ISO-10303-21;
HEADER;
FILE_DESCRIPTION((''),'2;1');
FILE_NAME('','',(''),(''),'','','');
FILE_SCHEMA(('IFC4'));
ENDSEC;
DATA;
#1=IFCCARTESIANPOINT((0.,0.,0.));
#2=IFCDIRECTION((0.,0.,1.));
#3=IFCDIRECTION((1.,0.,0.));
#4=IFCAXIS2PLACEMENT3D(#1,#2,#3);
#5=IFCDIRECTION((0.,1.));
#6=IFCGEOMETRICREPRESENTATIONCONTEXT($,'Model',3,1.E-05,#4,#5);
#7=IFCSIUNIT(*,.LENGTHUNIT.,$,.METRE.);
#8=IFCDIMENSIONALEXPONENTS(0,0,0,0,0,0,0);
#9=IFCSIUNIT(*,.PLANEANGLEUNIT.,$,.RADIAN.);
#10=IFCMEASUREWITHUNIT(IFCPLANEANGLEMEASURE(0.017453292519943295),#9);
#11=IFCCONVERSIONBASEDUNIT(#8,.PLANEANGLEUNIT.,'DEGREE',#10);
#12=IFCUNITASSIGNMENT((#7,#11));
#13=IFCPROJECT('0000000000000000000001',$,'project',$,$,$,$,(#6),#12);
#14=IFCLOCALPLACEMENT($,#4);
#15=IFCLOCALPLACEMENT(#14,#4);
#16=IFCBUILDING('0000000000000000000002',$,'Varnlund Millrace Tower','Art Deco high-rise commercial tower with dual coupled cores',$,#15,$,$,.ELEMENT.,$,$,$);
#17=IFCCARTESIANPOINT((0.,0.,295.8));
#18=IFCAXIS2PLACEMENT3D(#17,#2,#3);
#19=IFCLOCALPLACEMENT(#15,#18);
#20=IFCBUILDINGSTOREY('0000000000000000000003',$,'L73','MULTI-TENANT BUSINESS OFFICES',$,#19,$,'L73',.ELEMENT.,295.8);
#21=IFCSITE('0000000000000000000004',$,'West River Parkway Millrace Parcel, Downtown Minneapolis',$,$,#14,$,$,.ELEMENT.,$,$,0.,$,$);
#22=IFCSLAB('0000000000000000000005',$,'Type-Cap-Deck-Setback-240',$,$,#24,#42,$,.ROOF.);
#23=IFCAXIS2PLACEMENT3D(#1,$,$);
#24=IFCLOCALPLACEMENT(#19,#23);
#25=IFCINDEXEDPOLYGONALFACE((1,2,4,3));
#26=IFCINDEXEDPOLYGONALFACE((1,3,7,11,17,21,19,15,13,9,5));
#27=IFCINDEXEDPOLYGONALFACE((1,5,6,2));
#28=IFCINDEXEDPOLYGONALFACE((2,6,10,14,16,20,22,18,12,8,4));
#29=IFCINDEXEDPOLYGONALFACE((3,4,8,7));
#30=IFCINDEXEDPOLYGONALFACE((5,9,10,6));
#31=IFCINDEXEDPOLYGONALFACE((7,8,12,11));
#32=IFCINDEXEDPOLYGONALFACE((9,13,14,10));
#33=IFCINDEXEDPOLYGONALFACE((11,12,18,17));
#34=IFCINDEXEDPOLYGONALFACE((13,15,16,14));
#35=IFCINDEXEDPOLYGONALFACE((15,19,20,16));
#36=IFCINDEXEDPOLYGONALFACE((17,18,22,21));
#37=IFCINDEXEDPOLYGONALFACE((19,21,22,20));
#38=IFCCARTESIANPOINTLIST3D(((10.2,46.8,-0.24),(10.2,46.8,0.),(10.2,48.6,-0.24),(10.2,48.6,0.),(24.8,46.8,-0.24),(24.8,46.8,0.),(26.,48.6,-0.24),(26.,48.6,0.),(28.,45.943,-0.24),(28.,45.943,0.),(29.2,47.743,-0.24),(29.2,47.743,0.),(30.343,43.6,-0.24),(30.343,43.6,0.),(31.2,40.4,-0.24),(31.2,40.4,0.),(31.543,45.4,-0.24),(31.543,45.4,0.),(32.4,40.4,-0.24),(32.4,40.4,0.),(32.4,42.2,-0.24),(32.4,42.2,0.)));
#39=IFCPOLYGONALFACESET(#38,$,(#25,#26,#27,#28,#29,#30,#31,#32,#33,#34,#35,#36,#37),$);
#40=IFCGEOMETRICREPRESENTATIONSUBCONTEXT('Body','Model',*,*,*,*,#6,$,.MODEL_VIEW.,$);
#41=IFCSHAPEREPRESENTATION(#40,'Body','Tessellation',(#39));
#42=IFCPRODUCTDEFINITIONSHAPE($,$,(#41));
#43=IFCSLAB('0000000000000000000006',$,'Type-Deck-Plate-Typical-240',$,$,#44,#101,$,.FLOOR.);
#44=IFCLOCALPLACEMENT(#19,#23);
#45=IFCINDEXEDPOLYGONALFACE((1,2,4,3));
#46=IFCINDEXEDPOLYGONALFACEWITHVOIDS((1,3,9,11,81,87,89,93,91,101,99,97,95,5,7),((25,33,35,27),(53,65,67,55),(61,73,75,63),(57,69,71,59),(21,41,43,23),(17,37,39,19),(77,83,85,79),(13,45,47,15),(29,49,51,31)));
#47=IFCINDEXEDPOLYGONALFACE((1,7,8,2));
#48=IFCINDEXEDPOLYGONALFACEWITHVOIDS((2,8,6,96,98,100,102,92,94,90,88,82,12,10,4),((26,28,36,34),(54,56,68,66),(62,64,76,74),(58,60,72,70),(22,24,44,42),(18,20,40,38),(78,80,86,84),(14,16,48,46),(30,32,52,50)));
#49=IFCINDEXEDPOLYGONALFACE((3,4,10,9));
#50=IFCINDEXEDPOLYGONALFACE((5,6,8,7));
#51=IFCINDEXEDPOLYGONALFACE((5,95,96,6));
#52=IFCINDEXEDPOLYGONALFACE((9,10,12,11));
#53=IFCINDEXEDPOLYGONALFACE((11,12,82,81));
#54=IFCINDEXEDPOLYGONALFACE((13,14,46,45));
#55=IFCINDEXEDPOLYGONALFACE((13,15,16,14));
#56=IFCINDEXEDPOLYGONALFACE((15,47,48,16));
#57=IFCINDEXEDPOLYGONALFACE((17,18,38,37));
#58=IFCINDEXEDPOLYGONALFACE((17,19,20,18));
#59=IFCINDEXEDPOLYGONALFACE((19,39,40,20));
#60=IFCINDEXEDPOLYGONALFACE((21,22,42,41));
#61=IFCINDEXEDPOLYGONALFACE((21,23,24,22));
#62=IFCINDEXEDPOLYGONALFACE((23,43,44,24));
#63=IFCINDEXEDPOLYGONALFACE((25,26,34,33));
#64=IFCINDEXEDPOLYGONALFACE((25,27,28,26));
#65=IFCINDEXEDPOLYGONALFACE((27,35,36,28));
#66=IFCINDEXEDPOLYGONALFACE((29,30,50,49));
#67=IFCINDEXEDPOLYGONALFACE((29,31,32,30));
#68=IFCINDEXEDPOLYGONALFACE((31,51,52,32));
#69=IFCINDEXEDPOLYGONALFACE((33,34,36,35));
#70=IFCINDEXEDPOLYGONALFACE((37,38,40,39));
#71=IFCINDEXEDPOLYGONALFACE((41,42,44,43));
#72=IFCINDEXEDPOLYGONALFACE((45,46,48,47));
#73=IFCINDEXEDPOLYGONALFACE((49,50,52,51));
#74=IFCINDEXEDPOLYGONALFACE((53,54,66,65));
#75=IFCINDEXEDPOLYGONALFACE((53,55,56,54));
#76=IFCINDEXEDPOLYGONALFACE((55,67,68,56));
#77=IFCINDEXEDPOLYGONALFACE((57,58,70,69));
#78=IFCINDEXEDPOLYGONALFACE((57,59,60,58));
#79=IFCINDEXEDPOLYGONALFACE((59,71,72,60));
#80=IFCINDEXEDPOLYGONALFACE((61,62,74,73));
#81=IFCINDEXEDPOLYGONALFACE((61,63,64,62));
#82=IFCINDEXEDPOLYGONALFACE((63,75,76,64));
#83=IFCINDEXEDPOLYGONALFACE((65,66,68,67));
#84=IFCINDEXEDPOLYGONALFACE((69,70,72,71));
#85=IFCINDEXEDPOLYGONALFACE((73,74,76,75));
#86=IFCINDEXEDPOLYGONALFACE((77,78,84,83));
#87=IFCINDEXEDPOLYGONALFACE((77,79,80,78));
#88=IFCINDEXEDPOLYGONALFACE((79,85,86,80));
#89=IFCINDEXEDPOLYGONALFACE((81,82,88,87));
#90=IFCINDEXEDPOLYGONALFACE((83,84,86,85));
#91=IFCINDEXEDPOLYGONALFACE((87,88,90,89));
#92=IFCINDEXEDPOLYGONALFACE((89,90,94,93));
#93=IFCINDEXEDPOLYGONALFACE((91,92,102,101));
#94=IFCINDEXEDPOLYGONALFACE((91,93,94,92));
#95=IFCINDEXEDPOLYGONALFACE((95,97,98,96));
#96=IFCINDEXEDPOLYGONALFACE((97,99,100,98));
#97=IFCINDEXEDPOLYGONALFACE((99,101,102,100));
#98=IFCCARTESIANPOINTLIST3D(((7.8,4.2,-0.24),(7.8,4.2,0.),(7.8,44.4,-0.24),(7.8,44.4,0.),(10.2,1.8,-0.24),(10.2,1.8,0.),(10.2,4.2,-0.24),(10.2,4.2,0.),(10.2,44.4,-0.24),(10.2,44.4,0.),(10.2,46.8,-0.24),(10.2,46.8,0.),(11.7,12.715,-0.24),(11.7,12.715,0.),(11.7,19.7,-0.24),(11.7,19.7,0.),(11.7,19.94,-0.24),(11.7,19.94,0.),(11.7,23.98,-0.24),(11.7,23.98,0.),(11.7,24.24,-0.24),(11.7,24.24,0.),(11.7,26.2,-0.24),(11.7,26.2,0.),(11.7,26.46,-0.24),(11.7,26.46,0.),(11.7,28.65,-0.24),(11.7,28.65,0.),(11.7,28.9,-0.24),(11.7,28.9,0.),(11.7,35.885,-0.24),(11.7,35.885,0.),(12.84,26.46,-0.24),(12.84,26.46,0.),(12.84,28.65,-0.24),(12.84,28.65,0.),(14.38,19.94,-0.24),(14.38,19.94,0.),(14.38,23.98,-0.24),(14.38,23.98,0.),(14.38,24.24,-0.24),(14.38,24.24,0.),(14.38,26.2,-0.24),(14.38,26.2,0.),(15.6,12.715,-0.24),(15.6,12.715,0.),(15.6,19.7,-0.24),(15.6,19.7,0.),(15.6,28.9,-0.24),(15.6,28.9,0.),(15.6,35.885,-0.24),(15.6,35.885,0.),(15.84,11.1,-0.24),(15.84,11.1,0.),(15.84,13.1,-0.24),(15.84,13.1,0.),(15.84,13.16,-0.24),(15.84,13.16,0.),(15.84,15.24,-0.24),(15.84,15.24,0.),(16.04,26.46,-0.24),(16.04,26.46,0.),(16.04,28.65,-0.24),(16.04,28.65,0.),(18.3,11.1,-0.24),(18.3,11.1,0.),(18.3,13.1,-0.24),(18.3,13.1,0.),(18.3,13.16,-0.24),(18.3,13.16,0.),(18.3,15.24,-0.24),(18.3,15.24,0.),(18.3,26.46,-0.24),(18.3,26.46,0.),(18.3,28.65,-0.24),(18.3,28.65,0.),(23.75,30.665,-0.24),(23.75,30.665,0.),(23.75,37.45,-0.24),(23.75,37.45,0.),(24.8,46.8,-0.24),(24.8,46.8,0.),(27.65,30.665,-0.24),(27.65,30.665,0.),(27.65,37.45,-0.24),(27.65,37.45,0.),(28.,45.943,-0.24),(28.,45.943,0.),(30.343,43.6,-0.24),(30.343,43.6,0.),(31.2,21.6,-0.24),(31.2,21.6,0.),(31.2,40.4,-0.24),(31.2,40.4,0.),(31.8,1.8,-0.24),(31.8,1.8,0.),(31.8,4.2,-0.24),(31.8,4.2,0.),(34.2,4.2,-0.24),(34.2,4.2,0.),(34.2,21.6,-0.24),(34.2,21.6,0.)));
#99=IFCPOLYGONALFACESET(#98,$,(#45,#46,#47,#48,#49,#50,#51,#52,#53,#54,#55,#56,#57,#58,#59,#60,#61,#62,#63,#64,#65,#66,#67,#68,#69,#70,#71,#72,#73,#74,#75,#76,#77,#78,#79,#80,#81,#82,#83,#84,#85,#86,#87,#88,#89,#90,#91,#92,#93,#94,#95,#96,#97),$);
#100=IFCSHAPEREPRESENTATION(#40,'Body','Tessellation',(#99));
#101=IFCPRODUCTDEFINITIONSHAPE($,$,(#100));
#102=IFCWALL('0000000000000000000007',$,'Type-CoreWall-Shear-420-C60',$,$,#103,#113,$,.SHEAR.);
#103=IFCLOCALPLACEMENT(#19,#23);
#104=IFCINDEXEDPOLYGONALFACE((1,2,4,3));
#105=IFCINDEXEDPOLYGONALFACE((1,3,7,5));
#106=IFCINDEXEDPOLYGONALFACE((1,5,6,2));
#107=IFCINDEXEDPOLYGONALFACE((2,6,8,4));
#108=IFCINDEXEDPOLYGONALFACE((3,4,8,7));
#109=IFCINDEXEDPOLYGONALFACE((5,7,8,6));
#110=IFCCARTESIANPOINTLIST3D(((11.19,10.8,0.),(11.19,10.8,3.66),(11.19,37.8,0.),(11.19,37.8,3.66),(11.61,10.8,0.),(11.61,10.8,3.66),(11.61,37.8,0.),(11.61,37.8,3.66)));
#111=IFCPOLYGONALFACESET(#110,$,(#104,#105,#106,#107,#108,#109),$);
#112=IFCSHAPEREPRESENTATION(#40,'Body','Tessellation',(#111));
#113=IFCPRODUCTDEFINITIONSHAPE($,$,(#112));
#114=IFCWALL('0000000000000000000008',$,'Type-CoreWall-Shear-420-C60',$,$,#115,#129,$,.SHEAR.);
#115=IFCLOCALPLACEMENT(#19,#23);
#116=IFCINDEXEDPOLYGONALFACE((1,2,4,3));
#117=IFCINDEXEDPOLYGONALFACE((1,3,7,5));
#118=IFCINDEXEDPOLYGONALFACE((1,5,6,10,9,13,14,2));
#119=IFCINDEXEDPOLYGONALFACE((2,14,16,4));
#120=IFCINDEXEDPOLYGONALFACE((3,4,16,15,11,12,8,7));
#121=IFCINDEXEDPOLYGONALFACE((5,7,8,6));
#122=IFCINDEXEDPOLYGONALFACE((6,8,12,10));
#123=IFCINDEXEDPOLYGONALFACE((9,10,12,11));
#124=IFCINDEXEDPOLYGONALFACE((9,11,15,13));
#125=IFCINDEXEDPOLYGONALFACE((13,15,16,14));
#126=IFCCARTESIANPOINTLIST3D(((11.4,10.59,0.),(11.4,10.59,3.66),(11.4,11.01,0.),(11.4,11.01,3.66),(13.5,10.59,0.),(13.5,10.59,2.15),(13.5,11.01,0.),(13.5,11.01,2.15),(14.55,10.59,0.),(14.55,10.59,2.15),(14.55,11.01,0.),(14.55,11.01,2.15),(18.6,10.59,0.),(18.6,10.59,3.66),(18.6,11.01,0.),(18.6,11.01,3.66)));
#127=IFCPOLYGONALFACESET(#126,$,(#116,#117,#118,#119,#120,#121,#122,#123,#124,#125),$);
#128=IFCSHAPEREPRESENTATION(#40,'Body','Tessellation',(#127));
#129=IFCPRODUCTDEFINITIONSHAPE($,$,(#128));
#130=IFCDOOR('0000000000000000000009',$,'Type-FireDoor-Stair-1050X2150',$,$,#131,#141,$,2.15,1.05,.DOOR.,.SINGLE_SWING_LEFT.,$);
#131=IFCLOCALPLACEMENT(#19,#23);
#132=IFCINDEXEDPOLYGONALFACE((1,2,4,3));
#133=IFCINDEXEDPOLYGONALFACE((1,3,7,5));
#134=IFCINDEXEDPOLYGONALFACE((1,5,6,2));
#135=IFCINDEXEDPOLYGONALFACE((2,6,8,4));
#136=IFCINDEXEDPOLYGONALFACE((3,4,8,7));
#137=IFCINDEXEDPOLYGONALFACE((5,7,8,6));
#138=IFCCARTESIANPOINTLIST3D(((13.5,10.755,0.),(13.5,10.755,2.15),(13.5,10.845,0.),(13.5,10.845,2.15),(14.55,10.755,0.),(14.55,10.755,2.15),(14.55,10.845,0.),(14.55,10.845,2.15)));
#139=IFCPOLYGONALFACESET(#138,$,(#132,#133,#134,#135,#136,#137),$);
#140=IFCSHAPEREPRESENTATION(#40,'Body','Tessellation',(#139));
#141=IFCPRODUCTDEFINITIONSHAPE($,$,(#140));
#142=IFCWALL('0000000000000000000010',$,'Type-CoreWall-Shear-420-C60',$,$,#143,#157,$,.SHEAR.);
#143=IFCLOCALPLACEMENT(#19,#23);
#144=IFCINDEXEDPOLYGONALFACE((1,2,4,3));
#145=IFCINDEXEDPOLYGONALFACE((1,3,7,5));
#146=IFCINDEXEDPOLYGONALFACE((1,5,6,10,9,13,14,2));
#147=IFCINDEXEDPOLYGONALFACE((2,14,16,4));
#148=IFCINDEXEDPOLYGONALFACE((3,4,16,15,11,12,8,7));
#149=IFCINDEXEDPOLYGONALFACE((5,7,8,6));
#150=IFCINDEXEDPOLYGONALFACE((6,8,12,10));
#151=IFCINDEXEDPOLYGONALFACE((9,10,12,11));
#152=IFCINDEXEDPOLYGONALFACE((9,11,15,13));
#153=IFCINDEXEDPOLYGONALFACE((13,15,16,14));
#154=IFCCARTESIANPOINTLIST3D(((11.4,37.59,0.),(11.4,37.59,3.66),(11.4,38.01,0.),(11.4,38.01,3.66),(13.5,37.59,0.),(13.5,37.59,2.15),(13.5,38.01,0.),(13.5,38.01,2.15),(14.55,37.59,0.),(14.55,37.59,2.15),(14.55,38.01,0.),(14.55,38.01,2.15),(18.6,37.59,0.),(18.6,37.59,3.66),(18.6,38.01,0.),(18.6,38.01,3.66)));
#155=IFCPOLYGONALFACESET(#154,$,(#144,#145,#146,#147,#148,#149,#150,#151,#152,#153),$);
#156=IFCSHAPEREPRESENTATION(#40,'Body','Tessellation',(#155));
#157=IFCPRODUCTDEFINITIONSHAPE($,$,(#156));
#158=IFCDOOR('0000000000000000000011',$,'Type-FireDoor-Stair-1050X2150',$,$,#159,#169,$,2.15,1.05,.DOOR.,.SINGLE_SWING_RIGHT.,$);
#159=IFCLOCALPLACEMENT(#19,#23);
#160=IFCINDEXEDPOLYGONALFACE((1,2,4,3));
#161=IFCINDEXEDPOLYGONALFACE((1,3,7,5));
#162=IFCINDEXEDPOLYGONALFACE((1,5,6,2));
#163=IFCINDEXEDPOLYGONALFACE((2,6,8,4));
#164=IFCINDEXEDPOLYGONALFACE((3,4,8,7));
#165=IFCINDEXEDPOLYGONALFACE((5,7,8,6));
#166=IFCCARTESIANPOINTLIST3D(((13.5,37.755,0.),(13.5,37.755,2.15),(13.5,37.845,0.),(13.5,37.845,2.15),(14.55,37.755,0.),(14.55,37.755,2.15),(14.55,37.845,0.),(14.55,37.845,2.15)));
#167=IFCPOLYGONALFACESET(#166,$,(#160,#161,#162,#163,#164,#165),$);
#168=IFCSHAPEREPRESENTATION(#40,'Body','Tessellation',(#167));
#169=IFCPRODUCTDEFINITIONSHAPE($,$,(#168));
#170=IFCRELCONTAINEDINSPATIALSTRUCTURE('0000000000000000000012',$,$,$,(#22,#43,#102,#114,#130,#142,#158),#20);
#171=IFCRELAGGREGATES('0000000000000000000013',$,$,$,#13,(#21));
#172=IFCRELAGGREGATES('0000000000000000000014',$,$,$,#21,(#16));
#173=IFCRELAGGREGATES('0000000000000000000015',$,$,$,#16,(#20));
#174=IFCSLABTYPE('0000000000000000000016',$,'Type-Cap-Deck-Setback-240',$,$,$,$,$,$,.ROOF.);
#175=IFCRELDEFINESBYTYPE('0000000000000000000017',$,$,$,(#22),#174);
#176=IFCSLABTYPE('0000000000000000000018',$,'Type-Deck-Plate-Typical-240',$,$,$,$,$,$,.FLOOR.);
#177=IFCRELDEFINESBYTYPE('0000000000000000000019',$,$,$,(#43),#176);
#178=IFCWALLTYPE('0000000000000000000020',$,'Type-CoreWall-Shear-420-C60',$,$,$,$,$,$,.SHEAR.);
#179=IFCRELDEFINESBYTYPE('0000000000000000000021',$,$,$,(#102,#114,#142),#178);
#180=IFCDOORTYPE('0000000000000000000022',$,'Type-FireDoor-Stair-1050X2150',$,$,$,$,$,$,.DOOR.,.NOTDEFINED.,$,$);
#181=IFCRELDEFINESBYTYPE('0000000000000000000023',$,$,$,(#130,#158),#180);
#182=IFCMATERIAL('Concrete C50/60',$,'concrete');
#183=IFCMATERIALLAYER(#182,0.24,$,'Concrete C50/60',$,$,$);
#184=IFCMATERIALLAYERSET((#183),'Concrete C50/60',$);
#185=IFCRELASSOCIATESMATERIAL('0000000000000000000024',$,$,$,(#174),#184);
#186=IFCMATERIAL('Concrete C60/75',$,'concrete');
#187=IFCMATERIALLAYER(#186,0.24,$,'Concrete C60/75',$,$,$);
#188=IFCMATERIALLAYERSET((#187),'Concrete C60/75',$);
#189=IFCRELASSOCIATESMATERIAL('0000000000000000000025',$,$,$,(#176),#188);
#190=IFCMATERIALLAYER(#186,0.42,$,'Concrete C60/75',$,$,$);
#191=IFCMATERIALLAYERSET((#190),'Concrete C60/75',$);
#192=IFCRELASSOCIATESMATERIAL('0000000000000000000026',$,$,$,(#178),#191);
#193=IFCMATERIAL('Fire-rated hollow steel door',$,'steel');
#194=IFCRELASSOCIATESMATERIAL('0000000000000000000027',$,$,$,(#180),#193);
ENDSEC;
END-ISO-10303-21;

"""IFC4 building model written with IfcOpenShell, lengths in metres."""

from ifc_helpers import new_model, entity, si_unit, converted_unit, direction, frame, origin_with_axes, origin_2d_with_axis, place, context, subcontext, project, spatial, polyline, rectangle, outline, extrude, material, layer, layer_set, type_object, element, fill, save


model = new_model("IFC4")

# Units and contexts
model_context = context("Model", 3, precision=1e-05, world=origin_with_axes(), true_north=direction((0.0, 1.0)))
body_context = subcontext(model_context, "Body", "Model", "MODEL_VIEW")
ifc_project = project(units=[si_unit("LENGTHUNIT", "METRE"), converted_unit("PLANEANGLEUNIT", "DEGREE", entity("IfcPlaneAngleMeasure", 0.017453292519943295), si_unit("PLANEANGLEUNIT", "RADIAN"), dimensions=[0, 0, 0, 0, 0, 0, 0])], contexts=[model_context])

# Site, building, storey
site_placement = place(None, origin_with_axes())
site = spatial("IfcSite", under=ifc_project, at=site_placement, Name="West River Parkway Millrace Parcel, Downtown Minneapolis", CompositionType="ELEMENT", RefElevation=0.0)
building_placement = place(site_placement, origin_with_axes())
building = spatial("IfcBuilding", under=site, at=building_placement, Name="Varnlund Millrace Tower", Description="Art Deco high-rise commercial tower with dual coupled cores", CompositionType="ELEMENT")
storey_placement = place(building_placement, frame((0.0, 0.0, 295.8), z_axis=(0.0, 0.0, 1.0), x_axis=(1.0, 0.0, 0.0)))
storey = spatial("IfcBuildingStorey", under=building, at=storey_placement, Name="L73", Description="MULTI-TENANT BUSINESS OFFICES", LongName="L73", CompositionType="ELEMENT", Elevation=295.8)

# Slabs
ifc_material_1 = material(Name="Concrete C50/60", Category="concrete")
ifc_layer_1 = layer(ifc_material_1, 0.24, Name="Concrete C50/60")
ifc_layer_set_1 = layer_set([ifc_layer_1], Name="Concrete C50/60")
slab_type_1 = type_object("IfcSlabType", Name="Type-Cap-Deck-Setback-240", PredefinedType="ROOF", material=ifc_layer_set_1)
slab_1_placement = place(storey_placement, frame((0.0, 0.0, -0.24), z_axis=(0.0, 0.0, 1.0), x_axis=(1.0, 0.0, 0.0)))
element("IfcSlab", 1, at=slab_1_placement, inside=storey, type_object=slab_type_1, Name="Type-Cap-Deck-Setback-240", PredefinedType="ROOF", context=body_context, shape_type="SweptSolid", body=[
    extrude(outline(polyline([(26.0, 48.6), (10.2, 48.6), (10.2, 46.8), (24.8, 46.8), (28.0, 45.943), (30.343, 43.6), (31.2, 40.4), (32.4, 40.4), (32.4, 42.2), (31.543, 45.4), (29.2, 47.743), (26.0, 48.6)])), origin_with_axes(), (0.0, 0.0, 1.0), 0.24),
])
ifc_material_2 = material(Name="Concrete C60/75", Category="concrete")
ifc_layer_2 = layer(ifc_material_2, 0.24, Name="Concrete C60/75")
ifc_layer_set_2 = layer_set([ifc_layer_2], Name="Concrete C60/75")
slab_type_2 = type_object("IfcSlabType", Name="Type-Deck-Plate-Typical-240", PredefinedType="FLOOR", material=ifc_layer_set_2)
slab_2_placement = place(storey_placement, frame((0.0, 0.0, -0.24), z_axis=(0.0, 0.0, 1.0), x_axis=(1.0, 0.0, 0.0)))
element("IfcSlab", 2, at=slab_2_placement, inside=storey, type_object=slab_type_2, Name="Type-Deck-Plate-Typical-240", PredefinedType="FLOOR", context=body_context, shape_type="SweptSolid", body=[
    extrude(outline(polyline([(34.2, 21.6), (31.2, 21.6), (31.2, 40.4), (30.343, 43.6), (28.0, 45.943), (24.8, 46.8), (10.2, 46.8), (10.2, 44.4), (7.8, 44.4), (7.8, 4.2), (10.2, 4.2), (10.2, 1.8), (31.8, 1.8), (31.8, 4.2), (34.2, 4.2), (34.2, 21.6)]), holes=[polyline([(18.3, 13.1), (18.3, 11.1), (15.84, 11.1), (15.84, 13.1), (18.3, 13.1)]), polyline([(18.3, 15.24), (18.3, 13.16), (15.84, 13.16), (15.84, 15.24), (18.3, 15.24)]), polyline([(15.6, 19.7), (15.6, 12.715), (11.7, 12.715), (11.7, 19.7), (15.6, 19.7)]), polyline([(11.7, 23.98), (14.38, 23.98), (14.38, 19.94), (11.7, 19.94), (11.7, 23.98)]), polyline([(14.38, 26.2), (14.38, 24.24), (11.7, 24.24), (11.7, 26.2), (14.38, 26.2)]), polyline([(12.84, 28.65), (12.84, 26.46), (11.7, 26.46), (11.7, 28.65), (12.84, 28.65)]), polyline([(18.3, 28.65), (18.3, 26.46), (16.04, 26.46), (16.04, 28.65), (18.3, 28.65)]), polyline([(15.6, 28.9), (11.7, 28.9), (11.7, 35.885), (15.6, 35.885), (15.6, 28.9)]), polyline([(27.65, 30.665), (23.75, 30.665), (23.75, 37.45), (27.65, 37.45), (27.65, 30.665)])]), origin_with_axes(), (0.0, 0.0, 1.0), 0.24),
])

# Wall
ifc_layer_3 = layer(ifc_material_2, 0.42, Name="Concrete C60/75")
ifc_layer_set_3 = layer_set([ifc_layer_3], Name="Concrete C60/75")
wall_type_1 = type_object("IfcWallType", Name="Type-CoreWall-Shear-420-C60", PredefinedType="SHEAR", material=ifc_layer_set_3)
wall_1_placement = place(storey_placement, frame((11.4, 10.8, 0.0), z_axis=(0.0, 0.0, 1.0), x_axis=(0.0, 1.0, 0.0)))
element("IfcWall", 3, at=wall_1_placement, inside=storey, type_object=wall_type_1, Name="Type-CoreWall-Shear-420-C60", PredefinedType="SHEAR", context=body_context, shape_type="SweptSolid", body=[
    extrude(outline(polyline([(0.0, -0.21), (27.0, -0.21), (27.0, 0.21), (0.0, 0.21), (0.0, -0.21)])), origin_with_axes(), (0.0, 0.0, 1.0), 3.66),
])

# Walls, openings, doors
wall_2_placement = place(storey_placement, frame((11.4, 10.8, 0.0), z_axis=(0.0, 0.0, 1.0), x_axis=(1.0, 0.0, 0.0)))
wall_2 = element("IfcWall", 4, at=wall_2_placement, inside=storey, type_object=wall_type_1, Name="Type-CoreWall-Shear-420-C60", PredefinedType="SHEAR", context=body_context, shape_type="SweptSolid", body=[
    extrude(outline(polyline([(0.0, -0.21), (7.2, -0.21), (7.2, 0.21), (0.0, 0.21), (0.0, -0.21)])), origin_with_axes(), (0.0, 0.0, 1.0), 3.66),
])
opening_1_placement = place(wall_2_placement, frame((2.625, 0.0, 0.0), z_axis=(0.0, 0.0, 1.0), x_axis=(1.0, 0.0, 0.0)))
opening_1 = element("IfcOpeningElement", 5, at=opening_1_placement, cuts=wall_2, PredefinedType="OPENING", context=body_context, shape_type="SweptSolid", body=[
    extrude(rectangle(XDim=1.05, YDim=0.44, at=origin_2d_with_axis()), origin_with_axes(), (0.0, 0.0, 1.0), 2.15),
])
ifc_material_3 = material(Name="Fire-rated hollow steel door", Category="steel")
door_type_1 = type_object("IfcDoorType", Name="Type-FireDoor-Stair-1050X2150", OperationType="NOTDEFINED", PredefinedType="DOOR", material=ifc_material_3)
door_1_placement = place(wall_2_placement, frame((2.625, 0.0, 0.0), z_axis=(0.0, 0.0, 1.0), x_axis=(1.0, 0.0, 0.0)))
door_1 = element("IfcDoor", 6, at=door_1_placement, inside=storey, type_object=door_type_1, Name="Type-FireDoor-Stair-1050X2150", OperationType="SINGLE_SWING_LEFT", OverallHeight=2.15, OverallWidth=1.05, PredefinedType="DOOR", context=body_context, shape_type="SweptSolid", body=[
    extrude(rectangle(XDim=1.05, YDim=0.09, at=origin_2d_with_axis()), origin_with_axes(), (0.0, 0.0, 1.0), 2.15),
])
fill(opening_1, door_1)
wall_3_placement = place(storey_placement, frame((11.4, 37.8, 0.0), z_axis=(0.0, 0.0, 1.0), x_axis=(1.0, 0.0, 0.0)))
wall_3 = element("IfcWall", 7, at=wall_3_placement, inside=storey, type_object=wall_type_1, Name="Type-CoreWall-Shear-420-C60", PredefinedType="SHEAR", context=body_context, shape_type="SweptSolid", body=[
    extrude(outline(polyline([(0.0, -0.21), (7.2, -0.21), (7.2, 0.21), (0.0, 0.21), (0.0, -0.21)])), origin_with_axes(), (0.0, 0.0, 1.0), 3.66),
])
opening_2_placement = place(wall_3_placement, frame((2.625, 0.0, 0.0), z_axis=(0.0, 0.0, 1.0), x_axis=(1.0, 0.0, 0.0)))
opening_2 = element("IfcOpeningElement", 8, at=opening_2_placement, cuts=wall_3, PredefinedType="OPENING", context=body_context, shape_type="SweptSolid", body=[
    extrude(rectangle(XDim=1.05, YDim=0.44, at=origin_2d_with_axis()), origin_with_axes(), (0.0, 0.0, 1.0), 2.15),
])
door_2_placement = place(wall_3_placement, frame((2.625, 0.0, 0.0), z_axis=(0.0, 0.0, 1.0), x_axis=(1.0, 0.0, 0.0)))
door_2 = element("IfcDoor", 9, at=door_2_placement, inside=storey, type_object=door_type_1, Name="Type-FireDoor-Stair-1050X2150", OperationType="SINGLE_SWING_RIGHT", OverallHeight=2.15, OverallWidth=1.05, PredefinedType="DOOR", context=body_context, shape_type="SweptSolid", body=[
    extrude(rectangle(XDim=1.05, YDim=0.09, at=origin_2d_with_axis()), origin_with_axes(), (0.0, 0.0, 1.0), 2.15),
])
fill(opening_2, door_2)

save(model, "model.ifc")
